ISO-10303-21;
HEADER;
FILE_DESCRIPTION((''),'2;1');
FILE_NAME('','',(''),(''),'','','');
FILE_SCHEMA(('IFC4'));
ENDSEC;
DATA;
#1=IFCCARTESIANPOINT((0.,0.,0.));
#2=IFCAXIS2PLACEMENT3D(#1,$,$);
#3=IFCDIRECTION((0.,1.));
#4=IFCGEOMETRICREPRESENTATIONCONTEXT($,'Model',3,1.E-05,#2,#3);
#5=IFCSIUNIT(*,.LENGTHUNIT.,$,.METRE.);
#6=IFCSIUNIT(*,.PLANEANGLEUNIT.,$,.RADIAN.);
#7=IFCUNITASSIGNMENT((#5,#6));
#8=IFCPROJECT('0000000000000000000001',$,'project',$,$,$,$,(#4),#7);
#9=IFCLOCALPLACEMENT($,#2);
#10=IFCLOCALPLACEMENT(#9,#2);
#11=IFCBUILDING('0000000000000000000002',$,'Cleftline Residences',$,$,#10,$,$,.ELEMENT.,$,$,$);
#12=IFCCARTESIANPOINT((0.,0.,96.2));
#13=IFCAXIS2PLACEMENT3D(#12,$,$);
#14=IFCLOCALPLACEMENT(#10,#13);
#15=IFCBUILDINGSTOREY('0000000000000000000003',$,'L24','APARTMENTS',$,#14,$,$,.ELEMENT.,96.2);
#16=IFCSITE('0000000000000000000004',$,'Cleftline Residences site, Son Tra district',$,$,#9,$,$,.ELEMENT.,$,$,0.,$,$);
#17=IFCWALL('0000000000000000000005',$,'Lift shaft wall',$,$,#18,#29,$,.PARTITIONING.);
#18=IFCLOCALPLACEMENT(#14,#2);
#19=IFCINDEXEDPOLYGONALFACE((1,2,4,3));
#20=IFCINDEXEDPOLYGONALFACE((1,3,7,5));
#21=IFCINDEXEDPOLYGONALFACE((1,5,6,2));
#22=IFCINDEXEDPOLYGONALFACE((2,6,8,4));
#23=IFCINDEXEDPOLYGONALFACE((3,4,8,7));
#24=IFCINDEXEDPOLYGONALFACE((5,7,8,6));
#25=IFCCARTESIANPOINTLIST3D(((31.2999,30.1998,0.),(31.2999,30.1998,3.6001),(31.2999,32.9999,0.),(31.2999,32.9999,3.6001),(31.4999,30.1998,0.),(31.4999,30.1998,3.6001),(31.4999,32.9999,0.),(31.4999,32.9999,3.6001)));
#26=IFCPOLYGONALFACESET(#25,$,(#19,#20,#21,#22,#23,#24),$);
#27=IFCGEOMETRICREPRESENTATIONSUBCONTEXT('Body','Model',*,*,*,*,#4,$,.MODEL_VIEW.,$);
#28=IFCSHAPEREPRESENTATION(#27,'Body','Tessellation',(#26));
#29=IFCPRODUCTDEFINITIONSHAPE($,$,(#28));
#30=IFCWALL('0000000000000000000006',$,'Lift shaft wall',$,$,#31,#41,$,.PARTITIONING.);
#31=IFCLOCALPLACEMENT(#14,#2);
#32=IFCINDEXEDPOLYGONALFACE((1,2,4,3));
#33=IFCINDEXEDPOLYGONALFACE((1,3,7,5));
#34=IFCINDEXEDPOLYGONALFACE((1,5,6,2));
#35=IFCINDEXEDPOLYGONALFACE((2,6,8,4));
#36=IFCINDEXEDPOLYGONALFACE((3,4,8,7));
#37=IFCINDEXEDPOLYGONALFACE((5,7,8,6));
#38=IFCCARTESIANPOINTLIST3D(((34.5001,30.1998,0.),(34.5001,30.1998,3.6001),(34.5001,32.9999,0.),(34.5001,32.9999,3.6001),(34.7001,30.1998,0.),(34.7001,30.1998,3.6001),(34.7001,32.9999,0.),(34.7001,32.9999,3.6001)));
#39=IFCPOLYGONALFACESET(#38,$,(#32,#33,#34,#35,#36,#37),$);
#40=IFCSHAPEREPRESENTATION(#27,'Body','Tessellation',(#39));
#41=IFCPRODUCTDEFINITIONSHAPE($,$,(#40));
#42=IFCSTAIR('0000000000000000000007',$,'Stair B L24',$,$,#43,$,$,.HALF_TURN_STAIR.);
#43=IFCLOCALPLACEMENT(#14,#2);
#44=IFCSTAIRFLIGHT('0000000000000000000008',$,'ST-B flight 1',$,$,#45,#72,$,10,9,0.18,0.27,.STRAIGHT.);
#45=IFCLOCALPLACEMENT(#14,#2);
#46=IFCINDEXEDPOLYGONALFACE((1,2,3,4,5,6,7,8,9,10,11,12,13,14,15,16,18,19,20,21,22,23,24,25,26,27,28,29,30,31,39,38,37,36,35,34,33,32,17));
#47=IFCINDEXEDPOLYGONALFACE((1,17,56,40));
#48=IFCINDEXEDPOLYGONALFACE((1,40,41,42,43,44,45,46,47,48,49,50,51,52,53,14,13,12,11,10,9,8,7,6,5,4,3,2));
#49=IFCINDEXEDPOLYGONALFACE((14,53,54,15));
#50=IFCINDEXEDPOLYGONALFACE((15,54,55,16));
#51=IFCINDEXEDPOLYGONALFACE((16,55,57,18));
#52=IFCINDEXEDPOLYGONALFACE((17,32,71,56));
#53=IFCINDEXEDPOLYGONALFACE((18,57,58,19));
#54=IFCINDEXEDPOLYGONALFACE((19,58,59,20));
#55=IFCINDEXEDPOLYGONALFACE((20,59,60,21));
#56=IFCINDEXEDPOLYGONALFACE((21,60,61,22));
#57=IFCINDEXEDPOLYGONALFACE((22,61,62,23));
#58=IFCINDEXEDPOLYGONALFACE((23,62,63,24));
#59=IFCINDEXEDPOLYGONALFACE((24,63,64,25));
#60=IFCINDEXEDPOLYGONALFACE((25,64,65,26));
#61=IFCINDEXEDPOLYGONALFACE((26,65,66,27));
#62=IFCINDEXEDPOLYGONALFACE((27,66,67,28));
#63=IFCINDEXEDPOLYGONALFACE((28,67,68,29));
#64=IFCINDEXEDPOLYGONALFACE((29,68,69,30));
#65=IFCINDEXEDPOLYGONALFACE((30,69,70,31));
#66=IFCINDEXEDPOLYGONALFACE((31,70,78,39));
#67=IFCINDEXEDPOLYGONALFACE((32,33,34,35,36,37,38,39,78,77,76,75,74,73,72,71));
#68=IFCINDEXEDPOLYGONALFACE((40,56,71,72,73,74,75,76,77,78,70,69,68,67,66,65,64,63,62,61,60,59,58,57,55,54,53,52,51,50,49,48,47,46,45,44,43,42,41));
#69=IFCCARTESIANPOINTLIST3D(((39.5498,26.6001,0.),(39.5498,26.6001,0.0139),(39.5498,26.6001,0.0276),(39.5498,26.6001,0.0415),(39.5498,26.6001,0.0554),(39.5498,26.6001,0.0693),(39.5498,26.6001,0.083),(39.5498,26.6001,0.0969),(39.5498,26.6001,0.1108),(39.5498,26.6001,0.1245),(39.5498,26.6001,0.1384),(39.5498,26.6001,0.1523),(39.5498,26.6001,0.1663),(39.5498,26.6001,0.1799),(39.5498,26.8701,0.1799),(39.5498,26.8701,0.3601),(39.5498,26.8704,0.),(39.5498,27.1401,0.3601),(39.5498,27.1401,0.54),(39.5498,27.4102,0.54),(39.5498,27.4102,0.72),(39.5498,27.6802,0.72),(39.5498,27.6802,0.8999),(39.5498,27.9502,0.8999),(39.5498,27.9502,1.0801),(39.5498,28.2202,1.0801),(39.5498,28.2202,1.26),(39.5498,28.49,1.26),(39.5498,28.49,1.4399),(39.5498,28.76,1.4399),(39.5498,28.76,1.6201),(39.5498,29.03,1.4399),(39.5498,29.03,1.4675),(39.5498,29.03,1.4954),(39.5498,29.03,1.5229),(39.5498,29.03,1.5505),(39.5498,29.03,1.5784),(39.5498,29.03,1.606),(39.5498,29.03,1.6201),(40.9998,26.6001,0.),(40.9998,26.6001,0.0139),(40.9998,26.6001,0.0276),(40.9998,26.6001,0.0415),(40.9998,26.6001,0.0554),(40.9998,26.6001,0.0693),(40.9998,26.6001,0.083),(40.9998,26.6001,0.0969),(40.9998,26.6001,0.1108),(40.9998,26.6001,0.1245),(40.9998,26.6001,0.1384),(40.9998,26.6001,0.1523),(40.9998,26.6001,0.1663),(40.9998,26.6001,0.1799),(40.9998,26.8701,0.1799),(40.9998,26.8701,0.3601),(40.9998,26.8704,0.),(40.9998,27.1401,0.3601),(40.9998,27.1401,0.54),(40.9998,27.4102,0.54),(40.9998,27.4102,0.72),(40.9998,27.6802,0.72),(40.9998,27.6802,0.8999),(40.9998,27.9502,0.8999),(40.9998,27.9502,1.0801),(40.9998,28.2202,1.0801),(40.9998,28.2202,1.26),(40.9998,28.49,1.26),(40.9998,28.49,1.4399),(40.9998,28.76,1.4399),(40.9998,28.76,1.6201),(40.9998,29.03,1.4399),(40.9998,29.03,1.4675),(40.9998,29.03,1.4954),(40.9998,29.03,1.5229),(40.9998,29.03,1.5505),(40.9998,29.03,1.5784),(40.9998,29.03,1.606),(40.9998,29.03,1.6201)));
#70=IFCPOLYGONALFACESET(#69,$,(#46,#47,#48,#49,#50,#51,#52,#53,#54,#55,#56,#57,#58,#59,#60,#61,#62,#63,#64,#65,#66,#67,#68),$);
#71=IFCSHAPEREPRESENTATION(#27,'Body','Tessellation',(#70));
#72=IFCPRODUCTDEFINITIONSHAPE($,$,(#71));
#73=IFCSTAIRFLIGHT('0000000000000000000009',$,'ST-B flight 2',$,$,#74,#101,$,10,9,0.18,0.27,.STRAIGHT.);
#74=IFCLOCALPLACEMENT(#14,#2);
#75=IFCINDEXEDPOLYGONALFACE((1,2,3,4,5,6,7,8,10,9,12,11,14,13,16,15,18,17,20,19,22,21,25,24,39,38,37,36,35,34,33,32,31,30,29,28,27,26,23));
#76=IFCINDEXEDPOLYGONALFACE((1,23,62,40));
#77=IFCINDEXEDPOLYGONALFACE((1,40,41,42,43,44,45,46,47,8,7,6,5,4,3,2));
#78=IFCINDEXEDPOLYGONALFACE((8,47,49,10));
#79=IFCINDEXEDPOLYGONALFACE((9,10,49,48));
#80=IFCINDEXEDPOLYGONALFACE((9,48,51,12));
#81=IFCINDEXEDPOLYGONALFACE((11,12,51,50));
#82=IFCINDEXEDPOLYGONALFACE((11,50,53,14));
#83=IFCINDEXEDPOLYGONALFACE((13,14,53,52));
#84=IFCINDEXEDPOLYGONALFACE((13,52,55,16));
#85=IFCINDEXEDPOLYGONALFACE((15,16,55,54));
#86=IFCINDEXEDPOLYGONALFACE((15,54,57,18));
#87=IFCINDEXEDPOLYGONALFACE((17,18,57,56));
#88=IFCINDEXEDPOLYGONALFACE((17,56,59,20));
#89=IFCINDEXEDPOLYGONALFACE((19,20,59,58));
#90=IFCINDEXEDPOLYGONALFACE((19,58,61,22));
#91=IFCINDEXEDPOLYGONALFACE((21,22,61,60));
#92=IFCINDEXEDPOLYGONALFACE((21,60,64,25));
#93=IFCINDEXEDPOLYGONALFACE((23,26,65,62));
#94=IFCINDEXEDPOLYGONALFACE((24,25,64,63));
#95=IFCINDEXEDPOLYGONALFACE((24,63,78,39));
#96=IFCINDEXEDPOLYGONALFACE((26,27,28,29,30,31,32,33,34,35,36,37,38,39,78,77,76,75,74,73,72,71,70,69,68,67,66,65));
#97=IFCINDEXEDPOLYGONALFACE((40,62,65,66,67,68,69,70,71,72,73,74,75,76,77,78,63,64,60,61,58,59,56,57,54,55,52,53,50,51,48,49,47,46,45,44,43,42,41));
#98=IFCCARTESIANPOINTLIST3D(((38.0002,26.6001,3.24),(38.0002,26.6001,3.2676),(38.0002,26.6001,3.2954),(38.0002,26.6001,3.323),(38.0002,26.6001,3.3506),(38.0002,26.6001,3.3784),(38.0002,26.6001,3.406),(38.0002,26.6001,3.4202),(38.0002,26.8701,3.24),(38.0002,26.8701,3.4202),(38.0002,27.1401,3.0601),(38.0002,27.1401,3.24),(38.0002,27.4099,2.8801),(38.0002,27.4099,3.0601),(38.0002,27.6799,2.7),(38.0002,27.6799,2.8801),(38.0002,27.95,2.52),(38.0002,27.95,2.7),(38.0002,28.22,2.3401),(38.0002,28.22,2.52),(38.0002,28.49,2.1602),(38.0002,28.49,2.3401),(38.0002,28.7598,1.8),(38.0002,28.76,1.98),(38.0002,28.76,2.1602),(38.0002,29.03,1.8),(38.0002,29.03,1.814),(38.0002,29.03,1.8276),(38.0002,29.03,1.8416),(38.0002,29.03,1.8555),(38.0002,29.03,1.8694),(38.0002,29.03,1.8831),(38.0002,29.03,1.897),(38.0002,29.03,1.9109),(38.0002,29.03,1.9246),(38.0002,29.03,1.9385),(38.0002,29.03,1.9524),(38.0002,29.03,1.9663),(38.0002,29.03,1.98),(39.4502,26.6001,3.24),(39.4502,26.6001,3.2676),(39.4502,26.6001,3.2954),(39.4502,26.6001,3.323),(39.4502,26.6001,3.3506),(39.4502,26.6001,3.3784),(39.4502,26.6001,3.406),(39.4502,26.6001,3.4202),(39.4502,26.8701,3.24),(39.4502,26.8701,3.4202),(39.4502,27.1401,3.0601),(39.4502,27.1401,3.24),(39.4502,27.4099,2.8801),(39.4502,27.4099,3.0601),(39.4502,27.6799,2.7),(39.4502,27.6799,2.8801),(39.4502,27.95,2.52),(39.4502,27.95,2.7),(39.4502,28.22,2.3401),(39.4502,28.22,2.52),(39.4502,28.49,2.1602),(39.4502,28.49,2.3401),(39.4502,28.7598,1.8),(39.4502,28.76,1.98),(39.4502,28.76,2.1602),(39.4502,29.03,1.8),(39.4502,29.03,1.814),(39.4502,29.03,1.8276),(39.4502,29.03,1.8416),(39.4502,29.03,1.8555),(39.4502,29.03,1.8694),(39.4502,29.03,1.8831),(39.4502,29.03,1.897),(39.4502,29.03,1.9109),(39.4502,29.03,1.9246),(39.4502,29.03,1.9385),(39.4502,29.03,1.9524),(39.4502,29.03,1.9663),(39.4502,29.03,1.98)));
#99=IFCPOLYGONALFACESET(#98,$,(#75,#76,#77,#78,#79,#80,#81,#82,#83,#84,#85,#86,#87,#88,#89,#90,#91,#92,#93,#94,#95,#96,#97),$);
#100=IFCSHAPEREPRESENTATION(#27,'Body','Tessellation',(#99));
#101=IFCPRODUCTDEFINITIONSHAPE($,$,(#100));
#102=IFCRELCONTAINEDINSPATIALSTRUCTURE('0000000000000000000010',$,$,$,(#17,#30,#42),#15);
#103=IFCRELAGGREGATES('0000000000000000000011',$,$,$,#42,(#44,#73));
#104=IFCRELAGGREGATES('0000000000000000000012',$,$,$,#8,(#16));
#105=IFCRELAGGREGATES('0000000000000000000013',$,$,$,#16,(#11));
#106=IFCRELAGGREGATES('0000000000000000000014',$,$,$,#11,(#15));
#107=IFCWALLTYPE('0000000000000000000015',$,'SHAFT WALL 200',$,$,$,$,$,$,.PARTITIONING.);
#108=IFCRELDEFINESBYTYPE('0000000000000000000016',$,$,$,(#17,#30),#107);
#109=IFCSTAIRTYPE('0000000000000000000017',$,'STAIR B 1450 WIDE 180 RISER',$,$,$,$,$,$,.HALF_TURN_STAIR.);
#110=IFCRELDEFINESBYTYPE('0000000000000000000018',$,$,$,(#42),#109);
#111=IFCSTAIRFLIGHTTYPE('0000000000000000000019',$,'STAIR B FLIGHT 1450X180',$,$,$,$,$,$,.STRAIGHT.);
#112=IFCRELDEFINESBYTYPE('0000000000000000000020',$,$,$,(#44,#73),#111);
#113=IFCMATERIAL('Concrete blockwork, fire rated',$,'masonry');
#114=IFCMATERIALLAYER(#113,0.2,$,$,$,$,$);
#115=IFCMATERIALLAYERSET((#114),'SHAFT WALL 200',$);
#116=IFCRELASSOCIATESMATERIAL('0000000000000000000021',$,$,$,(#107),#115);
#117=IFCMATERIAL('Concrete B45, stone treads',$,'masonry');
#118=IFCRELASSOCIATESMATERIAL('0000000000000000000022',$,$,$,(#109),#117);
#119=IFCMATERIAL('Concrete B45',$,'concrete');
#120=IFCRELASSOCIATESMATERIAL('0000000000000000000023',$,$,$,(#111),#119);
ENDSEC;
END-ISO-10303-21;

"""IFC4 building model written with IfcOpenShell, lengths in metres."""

from ifc_helpers import new_model, si_unit, direction, frame, frame_2d, origin, place, context, subcontext, project, spatial, polyline, rectangle, outline, extrude, material, layer, layer_set, type_object, element, aggregate, save


model = new_model("IFC4")

# Units and contexts
model_context = context("Model", 3, precision=1e-05, world=origin(), true_north=direction((0.0, 1.0)))
body_context = subcontext(model_context, "Body", "Model", "MODEL_VIEW")
ifc_project = project(units=[si_unit("LENGTHUNIT", "METRE"), si_unit("PLANEANGLEUNIT", "RADIAN")], contexts=[model_context])

# Site, building, storey
site_placement = place(None, origin())
site = spatial("IfcSite", under=ifc_project, at=site_placement, Name="Cleftline Residences site, Son Tra district", CompositionType="ELEMENT", RefElevation=0.0)
building_placement = place(site_placement, origin())
building = spatial("IfcBuilding", under=site, at=building_placement, Name="Cleftline Residences", CompositionType="ELEMENT")
storey_placement = place(building_placement, frame((0.0, 0.0, 96.2)))
storey = spatial("IfcBuildingStorey", under=building, at=storey_placement, Name="L24", Description="APARTMENTS", CompositionType="ELEMENT", Elevation=96.2)

# Walls
ifc_material_1 = material(Name="Concrete blockwork, fire rated", Category="masonry")
ifc_layer_1 = layer(ifc_material_1, 0.2)
ifc_layer_set_1 = layer_set([ifc_layer_1], Name="SHAFT WALL 200")
wall_type_1 = type_object("IfcWallType", Name="SHAFT WALL 200", PredefinedType="PARTITIONING", material=ifc_layer_set_1)
for number, where, z_axis, x_axis, name in (
    (1, (31.3999, 30.2, 0.0), (0.0, 0.0, 1.0), (0.0, 1.0, 0.0), "Lift shaft wall"),
    (2, (34.6001, 30.2, 0.0), (0.0, 0.0, 1.0), (0.0, 1.0, 0.0), "Lift shaft wall"),
):
    element("IfcWall", number, at=place(storey_placement, frame(where, z_axis=z_axis, x_axis=x_axis)), inside=storey, type_object=wall_type_1, Name=name, PredefinedType="PARTITIONING", context=body_context, shape_type="SweptSolid", body=[
        extrude(rectangle(XDim=2.8, YDim=0.2, at=frame_2d((1.3999, 0.0))), origin(), (0.0, 0.0, 1.0), 3.6001),
    ])

# Stair, stair flights
ifc_material_2 = material(Name="Concrete B45, stone treads", Category="masonry")
stair_type = type_object("IfcStairType", Name="STAIR B 1450 WIDE 180 RISER", PredefinedType="HALF_TURN_STAIR", material=ifc_material_2)
stair_placement = place(storey_placement, origin())
stair = element("IfcStair", 3, at=stair_placement, inside=storey, type_object=stair_type, Name="Stair B L24", PredefinedType="HALF_TURN_STAIR")
ifc_material_3 = material(Name="Concrete B45", Category="concrete")
stair_flight_type = type_object("IfcStairFlightType", Name="STAIR B FLIGHT 1450X180", PredefinedType="STRAIGHT", material=ifc_material_3)
stair_flight_1_placement = place(storey_placement, frame((40.2749, 26.6001, 0.0), z_axis=(0.0, 0.0, 1.0), x_axis=(0.0, 1.0, 0.0)))
stair_flight_1 = element("IfcStairFlight", 4, at=stair_flight_1_placement, type_object=stair_flight_type, Name="ST-B flight 1", NumberOfRisers=10, NumberOfTreads=9, PredefinedType="STRAIGHT", RiserHeight=0.18, TreadLength=0.27, context=body_context, shape_type="SweptSolid", body=[
    extrude(outline(polyline([(0.0, 0.0), (0.0, 0.0139), (0.0, 0.0276), (0.0, 0.0415), (0.0, 0.0554), (0.0, 0.0693), (0.0, 0.083), (0.0, 0.0969), (0.0, 0.1108), (0.0, 0.1245), (0.0, 0.1384), (0.0, 0.1523), (0.0, 0.1663), (0.0, 0.1799), (0.27, 0.1799), (0.27, 0.3601), (0.54, 0.3601), (0.54, 0.54), (0.8101, 0.54), (0.8101, 0.72), (1.0801, 0.72), (1.0801, 0.8999), (1.3501, 0.8999), (1.3501, 1.0801), (1.6201, 1.0801), (1.6201, 1.26), (1.8899, 1.26), (1.8899, 1.4399), (2.1599, 1.4399), (2.1599, 1.6201), (2.4299, 1.6201), (2.4299, 1.8), (2.4299, 1.7722), (2.4299, 1.7446), (2.4299, 1.7168), (2.4299, 1.6892), (2.4299, 1.6614), (2.4299, 1.6338), (2.4299, 1.606), (2.4299, 1.5784), (2.4299, 1.5505), (2.4299, 1.5229), (2.4299, 1.4954), (2.4299, 1.4675), (2.4299, 1.4399), (0.2703, 0.0), (0.0, 0.0)])), frame((0.0, 0.7251, 0.0), z_axis=(0.0, -1.0, 0.0), x_axis=(1.0, 0.0, 0.0)), (0.0, 0.0, 1.0), 1.45),
])
stair_flight_2_placement = place(storey_placement, frame((38.7251, 29.03, 1.8), z_axis=(0.0, 0.0, 1.0), x_axis=(0.0, -1.0, 0.0)))
stair_flight_2 = element("IfcStairFlight", 5, at=stair_flight_2_placement, type_object=stair_flight_type, Name="ST-B flight 2", NumberOfRisers=10, NumberOfTreads=9, PredefinedType="STRAIGHT", RiserHeight=0.18, TreadLength=0.27, context=body_context, shape_type="SweptSolid", body=[
    extrude(outline(polyline([(0.0, 0.0), (0.0, 0.0139), (0.0, 0.0276), (0.0, 0.0415), (0.0, 0.0554), (0.0, 0.0693), (0.0, 0.083), (0.0, 0.0969), (0.0, 0.1108), (0.0, 0.1245), (0.0, 0.1384), (0.0, 0.1523), (0.0, 0.1663), (0.0, 0.1799), (0.27, 0.1799), (0.27, 0.3601), (0.54, 0.3601), (0.54, 0.54), (0.8101, 0.54), (0.8101, 0.72), (1.0801, 0.72), (1.0801, 0.8999), (1.3501, 0.8999), (1.3501, 1.0801), (1.6201, 1.0801), (1.6201, 1.26), (1.8899, 1.26), (1.8899, 1.4399), (2.1599, 1.4399), (2.1599, 1.6201), (2.4299, 1.6201), (2.4299, 1.8), (2.4299, 1.7722), (2.4299, 1.7446), (2.4299, 1.7168), (2.4299, 1.6892), (2.4299, 1.6614), (2.4299, 1.6338), (2.4299, 1.606), (2.4299, 1.5784), (2.4299, 1.5505), (2.4299, 1.5229), (2.4299, 1.4954), (2.4299, 1.4675), (2.4299, 1.4399), (0.2703, 0.0), (0.0, 0.0)])), frame((0.0, 0.7251, 0.0), z_axis=(0.0, -1.0, 0.0), x_axis=(1.0, 0.0, 0.0)), (0.0, 0.0, 1.0), 1.45),
])
aggregate(stair, [stair_flight_1, stair_flight_2])

save(model, "model.ifc")
